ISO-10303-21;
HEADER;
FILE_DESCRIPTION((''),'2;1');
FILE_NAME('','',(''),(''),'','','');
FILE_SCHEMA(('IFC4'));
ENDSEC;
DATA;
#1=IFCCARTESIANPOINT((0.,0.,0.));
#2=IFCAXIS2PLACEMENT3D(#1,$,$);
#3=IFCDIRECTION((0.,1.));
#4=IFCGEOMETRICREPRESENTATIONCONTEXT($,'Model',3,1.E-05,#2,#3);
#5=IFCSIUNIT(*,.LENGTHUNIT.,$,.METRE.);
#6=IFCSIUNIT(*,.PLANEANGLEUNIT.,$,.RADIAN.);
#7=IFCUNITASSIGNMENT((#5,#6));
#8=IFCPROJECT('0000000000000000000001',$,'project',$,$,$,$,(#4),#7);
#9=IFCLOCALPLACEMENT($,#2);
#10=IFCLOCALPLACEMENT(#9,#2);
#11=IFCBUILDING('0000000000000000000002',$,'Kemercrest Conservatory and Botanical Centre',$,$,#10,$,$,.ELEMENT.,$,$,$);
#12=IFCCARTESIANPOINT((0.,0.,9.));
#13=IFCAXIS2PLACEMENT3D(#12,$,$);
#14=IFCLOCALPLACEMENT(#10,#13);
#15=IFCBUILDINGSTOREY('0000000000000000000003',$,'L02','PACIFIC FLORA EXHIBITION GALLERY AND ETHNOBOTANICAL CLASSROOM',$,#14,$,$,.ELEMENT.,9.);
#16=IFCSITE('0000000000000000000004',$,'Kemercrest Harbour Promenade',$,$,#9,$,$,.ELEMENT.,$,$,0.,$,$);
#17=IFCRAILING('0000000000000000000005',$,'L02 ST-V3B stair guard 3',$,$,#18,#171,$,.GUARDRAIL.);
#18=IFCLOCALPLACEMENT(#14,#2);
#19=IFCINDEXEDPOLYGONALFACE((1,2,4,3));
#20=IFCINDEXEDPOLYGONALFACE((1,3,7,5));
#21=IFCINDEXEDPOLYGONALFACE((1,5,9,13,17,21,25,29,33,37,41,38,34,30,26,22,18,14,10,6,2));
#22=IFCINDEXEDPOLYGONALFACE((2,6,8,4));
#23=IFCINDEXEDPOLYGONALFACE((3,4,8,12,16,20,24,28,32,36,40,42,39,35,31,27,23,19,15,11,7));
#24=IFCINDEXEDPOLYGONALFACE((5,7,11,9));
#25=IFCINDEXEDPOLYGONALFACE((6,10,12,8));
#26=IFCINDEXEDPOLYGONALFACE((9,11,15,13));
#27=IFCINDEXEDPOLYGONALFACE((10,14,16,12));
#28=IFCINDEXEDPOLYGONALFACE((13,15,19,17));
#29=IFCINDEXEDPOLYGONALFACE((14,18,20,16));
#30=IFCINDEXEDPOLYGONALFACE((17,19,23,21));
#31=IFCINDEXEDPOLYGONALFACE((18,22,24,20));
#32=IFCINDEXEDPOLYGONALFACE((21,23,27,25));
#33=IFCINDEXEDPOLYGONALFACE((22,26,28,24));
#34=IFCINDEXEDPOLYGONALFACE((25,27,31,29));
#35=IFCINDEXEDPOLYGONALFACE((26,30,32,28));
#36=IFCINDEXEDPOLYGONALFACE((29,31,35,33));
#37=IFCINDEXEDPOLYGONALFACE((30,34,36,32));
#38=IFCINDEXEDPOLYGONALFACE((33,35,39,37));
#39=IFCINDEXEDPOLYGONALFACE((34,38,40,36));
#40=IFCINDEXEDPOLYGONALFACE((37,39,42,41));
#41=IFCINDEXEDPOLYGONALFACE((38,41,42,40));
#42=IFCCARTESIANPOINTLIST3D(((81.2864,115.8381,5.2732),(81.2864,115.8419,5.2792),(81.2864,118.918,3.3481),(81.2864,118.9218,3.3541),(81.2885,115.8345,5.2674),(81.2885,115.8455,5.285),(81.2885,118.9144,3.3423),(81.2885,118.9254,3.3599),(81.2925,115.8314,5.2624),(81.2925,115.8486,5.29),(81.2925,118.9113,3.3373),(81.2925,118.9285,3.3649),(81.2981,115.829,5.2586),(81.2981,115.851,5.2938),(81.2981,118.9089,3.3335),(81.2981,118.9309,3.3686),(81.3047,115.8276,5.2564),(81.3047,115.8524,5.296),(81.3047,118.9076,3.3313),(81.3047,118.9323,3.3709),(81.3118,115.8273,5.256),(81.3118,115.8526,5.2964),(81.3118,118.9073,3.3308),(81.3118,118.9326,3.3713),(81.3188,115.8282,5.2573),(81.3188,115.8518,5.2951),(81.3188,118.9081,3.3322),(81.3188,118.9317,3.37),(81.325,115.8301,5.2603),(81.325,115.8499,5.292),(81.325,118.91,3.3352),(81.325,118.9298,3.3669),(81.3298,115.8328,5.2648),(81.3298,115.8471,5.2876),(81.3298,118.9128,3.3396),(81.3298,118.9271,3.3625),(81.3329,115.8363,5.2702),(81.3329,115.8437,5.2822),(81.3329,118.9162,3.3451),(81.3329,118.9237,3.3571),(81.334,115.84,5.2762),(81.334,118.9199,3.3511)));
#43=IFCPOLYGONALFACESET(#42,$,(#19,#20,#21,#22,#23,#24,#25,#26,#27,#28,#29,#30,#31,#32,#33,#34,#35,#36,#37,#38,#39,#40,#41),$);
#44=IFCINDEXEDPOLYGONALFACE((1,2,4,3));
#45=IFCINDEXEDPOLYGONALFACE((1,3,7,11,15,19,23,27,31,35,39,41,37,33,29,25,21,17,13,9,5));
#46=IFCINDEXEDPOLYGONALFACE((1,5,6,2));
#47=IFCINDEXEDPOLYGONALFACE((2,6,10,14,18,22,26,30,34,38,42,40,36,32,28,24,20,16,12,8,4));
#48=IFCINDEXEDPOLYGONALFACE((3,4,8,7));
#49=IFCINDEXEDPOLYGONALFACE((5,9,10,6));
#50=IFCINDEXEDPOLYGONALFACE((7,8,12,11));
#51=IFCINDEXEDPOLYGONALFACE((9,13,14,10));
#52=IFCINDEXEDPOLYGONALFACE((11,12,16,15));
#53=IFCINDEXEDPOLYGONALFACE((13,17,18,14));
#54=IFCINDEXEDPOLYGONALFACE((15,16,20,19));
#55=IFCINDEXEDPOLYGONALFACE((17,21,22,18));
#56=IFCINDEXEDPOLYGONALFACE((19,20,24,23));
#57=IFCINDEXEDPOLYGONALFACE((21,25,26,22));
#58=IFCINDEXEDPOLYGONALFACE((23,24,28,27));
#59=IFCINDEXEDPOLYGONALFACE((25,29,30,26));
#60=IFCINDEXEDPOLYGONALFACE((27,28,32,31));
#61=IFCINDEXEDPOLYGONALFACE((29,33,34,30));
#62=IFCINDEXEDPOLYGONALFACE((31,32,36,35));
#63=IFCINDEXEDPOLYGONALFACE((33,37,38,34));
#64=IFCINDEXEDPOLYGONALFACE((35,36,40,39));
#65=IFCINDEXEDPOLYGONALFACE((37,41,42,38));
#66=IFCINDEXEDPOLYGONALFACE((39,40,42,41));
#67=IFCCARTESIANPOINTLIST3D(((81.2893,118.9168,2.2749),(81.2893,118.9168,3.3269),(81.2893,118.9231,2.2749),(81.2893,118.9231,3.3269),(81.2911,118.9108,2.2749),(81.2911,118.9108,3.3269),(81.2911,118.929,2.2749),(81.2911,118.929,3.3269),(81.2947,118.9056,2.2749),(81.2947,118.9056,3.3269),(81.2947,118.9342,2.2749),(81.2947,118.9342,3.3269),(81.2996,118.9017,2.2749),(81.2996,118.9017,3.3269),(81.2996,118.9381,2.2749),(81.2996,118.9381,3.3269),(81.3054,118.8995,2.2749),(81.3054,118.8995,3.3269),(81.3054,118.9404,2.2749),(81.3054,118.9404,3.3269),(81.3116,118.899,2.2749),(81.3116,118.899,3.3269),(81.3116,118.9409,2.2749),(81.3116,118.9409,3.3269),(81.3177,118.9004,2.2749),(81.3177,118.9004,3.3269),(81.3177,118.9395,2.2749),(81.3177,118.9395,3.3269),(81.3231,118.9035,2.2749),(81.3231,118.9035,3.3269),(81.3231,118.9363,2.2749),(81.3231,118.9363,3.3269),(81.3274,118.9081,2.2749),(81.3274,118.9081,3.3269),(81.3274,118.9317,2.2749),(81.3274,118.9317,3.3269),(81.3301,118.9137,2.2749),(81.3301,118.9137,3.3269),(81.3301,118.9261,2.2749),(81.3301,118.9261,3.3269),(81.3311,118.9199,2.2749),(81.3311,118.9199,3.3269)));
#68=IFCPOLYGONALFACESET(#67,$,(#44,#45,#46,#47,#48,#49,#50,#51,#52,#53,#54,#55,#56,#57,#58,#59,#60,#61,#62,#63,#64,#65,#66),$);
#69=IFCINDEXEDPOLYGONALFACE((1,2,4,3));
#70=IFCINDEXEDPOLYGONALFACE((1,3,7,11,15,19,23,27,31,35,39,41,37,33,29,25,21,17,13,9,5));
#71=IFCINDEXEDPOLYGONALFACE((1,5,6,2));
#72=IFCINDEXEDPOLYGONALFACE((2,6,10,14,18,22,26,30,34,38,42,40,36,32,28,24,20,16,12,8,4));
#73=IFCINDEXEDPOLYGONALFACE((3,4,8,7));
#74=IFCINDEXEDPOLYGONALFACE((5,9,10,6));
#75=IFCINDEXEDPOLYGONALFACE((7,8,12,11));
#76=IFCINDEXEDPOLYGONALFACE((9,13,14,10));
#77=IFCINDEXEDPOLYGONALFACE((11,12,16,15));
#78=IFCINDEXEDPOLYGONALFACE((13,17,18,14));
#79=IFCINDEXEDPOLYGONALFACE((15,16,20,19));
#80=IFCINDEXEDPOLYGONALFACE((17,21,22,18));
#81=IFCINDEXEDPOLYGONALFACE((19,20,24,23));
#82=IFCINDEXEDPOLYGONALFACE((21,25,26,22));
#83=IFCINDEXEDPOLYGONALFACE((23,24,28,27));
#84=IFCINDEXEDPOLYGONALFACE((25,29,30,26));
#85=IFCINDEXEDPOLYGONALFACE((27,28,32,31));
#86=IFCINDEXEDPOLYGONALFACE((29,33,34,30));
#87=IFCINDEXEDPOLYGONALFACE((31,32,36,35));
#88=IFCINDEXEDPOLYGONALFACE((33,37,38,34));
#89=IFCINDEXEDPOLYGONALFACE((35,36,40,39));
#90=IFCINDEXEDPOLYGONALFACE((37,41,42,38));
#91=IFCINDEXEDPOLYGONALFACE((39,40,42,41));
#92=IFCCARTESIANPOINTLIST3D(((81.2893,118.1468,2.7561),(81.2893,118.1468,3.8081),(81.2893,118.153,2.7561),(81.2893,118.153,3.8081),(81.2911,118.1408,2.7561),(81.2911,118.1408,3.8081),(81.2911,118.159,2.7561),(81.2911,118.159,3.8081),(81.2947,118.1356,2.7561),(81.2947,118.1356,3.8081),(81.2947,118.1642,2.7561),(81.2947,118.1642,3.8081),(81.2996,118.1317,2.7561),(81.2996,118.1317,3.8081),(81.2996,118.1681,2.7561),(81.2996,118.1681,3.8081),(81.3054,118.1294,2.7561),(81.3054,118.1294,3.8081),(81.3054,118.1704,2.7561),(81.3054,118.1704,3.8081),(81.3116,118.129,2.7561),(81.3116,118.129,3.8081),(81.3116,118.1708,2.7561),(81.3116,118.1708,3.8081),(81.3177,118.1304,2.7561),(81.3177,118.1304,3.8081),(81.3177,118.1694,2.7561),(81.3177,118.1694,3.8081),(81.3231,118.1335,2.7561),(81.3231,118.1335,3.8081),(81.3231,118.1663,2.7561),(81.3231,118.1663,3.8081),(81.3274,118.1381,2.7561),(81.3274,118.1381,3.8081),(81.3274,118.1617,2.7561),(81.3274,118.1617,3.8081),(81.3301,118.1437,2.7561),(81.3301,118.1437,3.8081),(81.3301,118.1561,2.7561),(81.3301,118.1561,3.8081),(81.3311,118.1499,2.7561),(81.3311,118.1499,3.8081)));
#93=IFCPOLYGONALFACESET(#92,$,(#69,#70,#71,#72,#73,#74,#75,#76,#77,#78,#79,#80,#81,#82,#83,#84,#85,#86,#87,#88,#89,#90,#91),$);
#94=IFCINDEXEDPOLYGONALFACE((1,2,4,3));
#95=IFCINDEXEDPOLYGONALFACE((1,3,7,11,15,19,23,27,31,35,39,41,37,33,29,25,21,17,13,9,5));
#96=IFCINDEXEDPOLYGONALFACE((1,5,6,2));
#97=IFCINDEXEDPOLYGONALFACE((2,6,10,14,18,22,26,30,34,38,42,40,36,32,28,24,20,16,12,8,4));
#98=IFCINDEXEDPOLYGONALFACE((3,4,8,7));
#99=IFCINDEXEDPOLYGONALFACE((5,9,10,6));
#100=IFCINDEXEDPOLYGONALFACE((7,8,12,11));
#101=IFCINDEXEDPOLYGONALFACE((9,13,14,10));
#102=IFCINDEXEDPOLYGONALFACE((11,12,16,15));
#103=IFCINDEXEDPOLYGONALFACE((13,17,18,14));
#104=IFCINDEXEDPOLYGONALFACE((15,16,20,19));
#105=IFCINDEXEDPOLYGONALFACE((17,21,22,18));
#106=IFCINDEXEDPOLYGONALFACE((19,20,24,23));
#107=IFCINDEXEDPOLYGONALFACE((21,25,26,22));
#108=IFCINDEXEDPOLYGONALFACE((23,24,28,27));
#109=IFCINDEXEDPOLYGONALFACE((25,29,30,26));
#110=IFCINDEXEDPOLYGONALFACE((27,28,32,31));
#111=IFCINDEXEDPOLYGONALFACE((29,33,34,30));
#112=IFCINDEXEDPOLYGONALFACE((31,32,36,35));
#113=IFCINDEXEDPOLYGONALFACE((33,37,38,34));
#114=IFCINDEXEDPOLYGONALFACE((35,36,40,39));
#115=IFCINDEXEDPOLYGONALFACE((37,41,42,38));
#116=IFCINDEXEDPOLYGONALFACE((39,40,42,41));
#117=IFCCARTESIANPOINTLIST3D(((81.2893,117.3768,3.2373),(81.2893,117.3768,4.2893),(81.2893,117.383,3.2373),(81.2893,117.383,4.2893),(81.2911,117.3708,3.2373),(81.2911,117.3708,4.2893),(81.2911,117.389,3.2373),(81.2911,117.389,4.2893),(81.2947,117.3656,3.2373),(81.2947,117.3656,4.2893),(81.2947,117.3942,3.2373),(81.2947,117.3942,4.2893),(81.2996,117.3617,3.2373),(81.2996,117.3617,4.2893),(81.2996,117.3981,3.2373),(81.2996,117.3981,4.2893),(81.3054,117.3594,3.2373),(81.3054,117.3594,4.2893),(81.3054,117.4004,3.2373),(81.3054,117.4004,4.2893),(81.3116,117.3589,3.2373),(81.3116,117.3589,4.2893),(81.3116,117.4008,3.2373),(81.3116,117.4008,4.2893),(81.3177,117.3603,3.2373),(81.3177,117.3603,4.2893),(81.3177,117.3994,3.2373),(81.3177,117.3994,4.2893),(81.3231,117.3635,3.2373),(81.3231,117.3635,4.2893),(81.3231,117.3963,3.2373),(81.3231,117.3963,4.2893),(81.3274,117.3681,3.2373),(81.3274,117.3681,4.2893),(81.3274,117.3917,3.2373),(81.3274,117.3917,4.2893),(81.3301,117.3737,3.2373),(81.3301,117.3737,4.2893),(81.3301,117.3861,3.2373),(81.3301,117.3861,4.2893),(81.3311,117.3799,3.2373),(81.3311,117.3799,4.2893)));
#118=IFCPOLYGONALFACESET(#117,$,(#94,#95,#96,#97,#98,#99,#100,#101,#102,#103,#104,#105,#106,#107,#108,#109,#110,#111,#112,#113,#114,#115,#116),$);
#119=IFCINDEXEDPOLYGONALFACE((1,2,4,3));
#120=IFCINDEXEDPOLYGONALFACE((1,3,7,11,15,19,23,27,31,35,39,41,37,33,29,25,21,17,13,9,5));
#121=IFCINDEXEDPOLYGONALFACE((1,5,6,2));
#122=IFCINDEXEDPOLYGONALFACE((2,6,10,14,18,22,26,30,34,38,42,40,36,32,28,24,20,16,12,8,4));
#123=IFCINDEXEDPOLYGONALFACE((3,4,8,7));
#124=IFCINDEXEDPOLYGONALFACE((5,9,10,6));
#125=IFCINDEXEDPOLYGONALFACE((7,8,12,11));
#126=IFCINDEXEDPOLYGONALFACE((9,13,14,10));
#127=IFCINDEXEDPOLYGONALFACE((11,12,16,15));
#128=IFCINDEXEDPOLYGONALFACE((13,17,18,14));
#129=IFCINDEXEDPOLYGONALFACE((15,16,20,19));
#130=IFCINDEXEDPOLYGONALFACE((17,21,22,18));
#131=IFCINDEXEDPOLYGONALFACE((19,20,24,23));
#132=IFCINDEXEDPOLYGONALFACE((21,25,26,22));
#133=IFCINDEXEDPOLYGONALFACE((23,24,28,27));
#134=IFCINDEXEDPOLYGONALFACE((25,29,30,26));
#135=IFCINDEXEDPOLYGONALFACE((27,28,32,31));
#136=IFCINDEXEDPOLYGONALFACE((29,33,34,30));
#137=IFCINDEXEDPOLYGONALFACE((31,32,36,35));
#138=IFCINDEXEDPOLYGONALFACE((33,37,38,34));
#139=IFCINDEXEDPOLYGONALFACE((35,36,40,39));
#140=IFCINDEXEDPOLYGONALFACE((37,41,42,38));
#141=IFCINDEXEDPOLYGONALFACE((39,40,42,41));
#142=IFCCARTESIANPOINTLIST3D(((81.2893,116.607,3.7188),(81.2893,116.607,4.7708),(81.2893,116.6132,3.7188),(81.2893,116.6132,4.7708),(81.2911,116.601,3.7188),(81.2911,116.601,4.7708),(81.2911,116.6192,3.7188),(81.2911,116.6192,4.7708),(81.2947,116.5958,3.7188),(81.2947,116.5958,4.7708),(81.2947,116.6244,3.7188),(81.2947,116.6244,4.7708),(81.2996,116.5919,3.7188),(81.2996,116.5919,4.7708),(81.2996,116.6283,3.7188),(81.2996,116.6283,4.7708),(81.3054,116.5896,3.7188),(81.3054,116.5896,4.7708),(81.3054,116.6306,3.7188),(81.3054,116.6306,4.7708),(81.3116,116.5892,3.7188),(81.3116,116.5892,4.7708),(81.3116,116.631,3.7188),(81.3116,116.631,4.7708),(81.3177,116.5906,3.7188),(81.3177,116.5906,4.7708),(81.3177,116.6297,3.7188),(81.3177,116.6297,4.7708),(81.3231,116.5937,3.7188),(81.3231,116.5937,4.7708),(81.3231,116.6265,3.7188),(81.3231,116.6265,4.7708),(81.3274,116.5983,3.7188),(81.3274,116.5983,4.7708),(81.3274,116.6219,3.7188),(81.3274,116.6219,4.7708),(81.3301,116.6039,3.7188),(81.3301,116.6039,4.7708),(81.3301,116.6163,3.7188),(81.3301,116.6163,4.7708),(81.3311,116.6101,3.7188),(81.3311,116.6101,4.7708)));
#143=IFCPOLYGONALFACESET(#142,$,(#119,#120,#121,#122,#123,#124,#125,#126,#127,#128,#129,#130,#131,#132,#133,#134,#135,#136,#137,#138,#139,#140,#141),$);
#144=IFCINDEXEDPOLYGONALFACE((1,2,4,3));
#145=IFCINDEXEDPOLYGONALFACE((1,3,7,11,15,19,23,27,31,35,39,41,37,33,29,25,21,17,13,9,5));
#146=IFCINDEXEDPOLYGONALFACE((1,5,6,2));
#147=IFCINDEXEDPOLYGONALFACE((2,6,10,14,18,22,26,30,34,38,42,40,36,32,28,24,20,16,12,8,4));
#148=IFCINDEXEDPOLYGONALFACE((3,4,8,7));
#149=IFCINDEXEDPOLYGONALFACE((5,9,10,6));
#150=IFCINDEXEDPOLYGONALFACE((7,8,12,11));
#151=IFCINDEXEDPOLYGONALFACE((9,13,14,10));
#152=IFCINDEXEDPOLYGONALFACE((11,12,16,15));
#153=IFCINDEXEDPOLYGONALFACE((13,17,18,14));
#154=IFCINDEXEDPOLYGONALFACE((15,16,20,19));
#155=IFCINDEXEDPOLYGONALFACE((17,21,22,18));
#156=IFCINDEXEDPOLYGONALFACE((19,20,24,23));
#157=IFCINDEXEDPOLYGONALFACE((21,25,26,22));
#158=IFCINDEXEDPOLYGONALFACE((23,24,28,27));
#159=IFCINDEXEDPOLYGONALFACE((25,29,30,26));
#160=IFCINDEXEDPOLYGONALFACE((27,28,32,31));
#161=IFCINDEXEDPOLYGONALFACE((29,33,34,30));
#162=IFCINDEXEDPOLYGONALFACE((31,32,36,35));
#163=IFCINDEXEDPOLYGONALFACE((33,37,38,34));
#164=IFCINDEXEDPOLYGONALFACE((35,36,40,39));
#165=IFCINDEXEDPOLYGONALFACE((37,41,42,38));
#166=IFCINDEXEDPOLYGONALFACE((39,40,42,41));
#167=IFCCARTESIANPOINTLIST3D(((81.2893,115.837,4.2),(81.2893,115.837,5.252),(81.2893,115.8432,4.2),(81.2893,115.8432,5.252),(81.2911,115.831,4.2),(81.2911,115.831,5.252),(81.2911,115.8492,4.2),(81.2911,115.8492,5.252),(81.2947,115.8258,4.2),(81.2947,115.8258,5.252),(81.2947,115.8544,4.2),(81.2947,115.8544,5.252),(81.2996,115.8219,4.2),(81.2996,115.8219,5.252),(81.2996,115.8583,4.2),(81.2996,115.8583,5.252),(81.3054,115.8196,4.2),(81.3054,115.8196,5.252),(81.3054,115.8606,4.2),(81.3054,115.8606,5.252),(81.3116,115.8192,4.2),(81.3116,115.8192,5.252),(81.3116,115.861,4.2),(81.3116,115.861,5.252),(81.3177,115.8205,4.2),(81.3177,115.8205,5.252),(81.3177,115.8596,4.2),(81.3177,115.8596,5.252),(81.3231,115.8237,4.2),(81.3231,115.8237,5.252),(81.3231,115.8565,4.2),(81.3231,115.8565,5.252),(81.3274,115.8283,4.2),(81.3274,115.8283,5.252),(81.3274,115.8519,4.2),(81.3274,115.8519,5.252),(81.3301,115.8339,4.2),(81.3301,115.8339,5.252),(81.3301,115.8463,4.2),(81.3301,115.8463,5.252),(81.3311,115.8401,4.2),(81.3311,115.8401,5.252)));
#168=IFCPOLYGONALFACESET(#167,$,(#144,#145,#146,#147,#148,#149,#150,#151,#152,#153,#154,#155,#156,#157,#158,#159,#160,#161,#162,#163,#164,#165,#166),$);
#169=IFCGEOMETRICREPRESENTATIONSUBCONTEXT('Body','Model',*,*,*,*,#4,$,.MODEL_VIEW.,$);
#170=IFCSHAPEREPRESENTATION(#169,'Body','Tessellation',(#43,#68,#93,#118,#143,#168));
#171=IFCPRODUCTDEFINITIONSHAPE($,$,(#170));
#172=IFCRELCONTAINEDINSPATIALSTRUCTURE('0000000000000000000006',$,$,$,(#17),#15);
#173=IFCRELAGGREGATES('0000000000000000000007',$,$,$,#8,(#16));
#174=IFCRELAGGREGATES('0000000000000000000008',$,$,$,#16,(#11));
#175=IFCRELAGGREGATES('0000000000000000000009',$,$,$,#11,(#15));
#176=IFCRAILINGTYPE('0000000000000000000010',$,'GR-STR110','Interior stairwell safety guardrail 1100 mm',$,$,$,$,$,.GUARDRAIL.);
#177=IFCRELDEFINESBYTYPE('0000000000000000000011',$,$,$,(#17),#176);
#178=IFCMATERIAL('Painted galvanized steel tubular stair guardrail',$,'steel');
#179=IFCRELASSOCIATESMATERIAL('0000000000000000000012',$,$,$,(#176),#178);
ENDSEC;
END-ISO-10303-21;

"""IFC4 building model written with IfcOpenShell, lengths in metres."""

from ifc_helpers import new_model, si_unit, direction, frame, origin, origin_2d, place, context, subcontext, project, spatial, circle, extrude, material, type_object, element, save


model = new_model("IFC4")

# Units and contexts
model_context = context("Model", 3, precision=1e-05, world=origin(), true_north=direction((0.0, 1.0)))
body_context = subcontext(model_context, "Body", "Model", "MODEL_VIEW")
ifc_project = project(units=[si_unit("LENGTHUNIT", "METRE"), si_unit("PLANEANGLEUNIT", "RADIAN")], contexts=[model_context])

# Site, building, storey
site_placement = place(None, origin())
site = spatial("IfcSite", under=ifc_project, at=site_placement, Name="Kemercrest Harbour Promenade", CompositionType="ELEMENT", RefElevation=0.0)
building_placement = place(site_placement, origin())
building = spatial("IfcBuilding", under=site, at=building_placement, Name="Kemercrest Conservatory and Botanical Centre", CompositionType="ELEMENT")
storey_placement = place(building_placement, frame((0.0, 0.0, 9.0)))
storey = spatial("IfcBuildingStorey", under=building, at=storey_placement, Name="L02", Description="PACIFIC FLORA EXHIBITION GALLERY AND ETHNOBOTANICAL CLASSROOM", CompositionType="ELEMENT", Elevation=9.0)

# Railing
ifc_material_1 = material(Name="Painted galvanized steel tubular stair guardrail", Category="steel")
railing_type_1 = type_object("IfcRailingType", Name="GR-STR110", Description="Interior stairwell safety guardrail 1100 mm", PredefinedType="GUARDRAIL", material=ifc_material_1)
railing_1_placement = place(storey_placement, frame((81.3101, 118.9199, 2.2749)))
element("IfcRailing", 1, at=railing_1_placement, inside=storey, type_object=railing_type_1, Name="L02 ST-V3B stair guard 3", PredefinedType="GUARDRAIL", context=body_context, shape_type="SweptSolid", body=[
    extrude(circle(Radius=0.0239, at=origin_2d()), frame((0.0, 0.0, 1.0762), z_axis=(0.0, -0.847979, 0.530029), x_axis=(1.0, 0.0, 0.0)), (0.0, 0.0, 1.0), 3.6321),
    extrude(circle(Radius=0.021, at=origin_2d()), origin(), (0.0, 0.0, 1.0), 1.052),
    extrude(circle(Radius=0.021, at=origin_2d()), frame((0.0, -0.77, 0.4812)), (0.0, 0.0, 1.0), 1.052),
    extrude(circle(Radius=0.021, at=origin_2d()), frame((0.0, -1.54, 0.9624)), (0.0, 0.0, 1.0), 1.052),
    extrude(circle(Radius=0.021, at=origin_2d()), frame((0.0, -2.3098, 1.4438)), (0.0, 0.0, 1.0), 1.052),
    extrude(circle(Radius=0.021, at=origin_2d()), frame((0.0, -3.0798, 1.925)), (0.0, 0.0, 1.0), 1.052),
])

save(model, "model.ifc")
